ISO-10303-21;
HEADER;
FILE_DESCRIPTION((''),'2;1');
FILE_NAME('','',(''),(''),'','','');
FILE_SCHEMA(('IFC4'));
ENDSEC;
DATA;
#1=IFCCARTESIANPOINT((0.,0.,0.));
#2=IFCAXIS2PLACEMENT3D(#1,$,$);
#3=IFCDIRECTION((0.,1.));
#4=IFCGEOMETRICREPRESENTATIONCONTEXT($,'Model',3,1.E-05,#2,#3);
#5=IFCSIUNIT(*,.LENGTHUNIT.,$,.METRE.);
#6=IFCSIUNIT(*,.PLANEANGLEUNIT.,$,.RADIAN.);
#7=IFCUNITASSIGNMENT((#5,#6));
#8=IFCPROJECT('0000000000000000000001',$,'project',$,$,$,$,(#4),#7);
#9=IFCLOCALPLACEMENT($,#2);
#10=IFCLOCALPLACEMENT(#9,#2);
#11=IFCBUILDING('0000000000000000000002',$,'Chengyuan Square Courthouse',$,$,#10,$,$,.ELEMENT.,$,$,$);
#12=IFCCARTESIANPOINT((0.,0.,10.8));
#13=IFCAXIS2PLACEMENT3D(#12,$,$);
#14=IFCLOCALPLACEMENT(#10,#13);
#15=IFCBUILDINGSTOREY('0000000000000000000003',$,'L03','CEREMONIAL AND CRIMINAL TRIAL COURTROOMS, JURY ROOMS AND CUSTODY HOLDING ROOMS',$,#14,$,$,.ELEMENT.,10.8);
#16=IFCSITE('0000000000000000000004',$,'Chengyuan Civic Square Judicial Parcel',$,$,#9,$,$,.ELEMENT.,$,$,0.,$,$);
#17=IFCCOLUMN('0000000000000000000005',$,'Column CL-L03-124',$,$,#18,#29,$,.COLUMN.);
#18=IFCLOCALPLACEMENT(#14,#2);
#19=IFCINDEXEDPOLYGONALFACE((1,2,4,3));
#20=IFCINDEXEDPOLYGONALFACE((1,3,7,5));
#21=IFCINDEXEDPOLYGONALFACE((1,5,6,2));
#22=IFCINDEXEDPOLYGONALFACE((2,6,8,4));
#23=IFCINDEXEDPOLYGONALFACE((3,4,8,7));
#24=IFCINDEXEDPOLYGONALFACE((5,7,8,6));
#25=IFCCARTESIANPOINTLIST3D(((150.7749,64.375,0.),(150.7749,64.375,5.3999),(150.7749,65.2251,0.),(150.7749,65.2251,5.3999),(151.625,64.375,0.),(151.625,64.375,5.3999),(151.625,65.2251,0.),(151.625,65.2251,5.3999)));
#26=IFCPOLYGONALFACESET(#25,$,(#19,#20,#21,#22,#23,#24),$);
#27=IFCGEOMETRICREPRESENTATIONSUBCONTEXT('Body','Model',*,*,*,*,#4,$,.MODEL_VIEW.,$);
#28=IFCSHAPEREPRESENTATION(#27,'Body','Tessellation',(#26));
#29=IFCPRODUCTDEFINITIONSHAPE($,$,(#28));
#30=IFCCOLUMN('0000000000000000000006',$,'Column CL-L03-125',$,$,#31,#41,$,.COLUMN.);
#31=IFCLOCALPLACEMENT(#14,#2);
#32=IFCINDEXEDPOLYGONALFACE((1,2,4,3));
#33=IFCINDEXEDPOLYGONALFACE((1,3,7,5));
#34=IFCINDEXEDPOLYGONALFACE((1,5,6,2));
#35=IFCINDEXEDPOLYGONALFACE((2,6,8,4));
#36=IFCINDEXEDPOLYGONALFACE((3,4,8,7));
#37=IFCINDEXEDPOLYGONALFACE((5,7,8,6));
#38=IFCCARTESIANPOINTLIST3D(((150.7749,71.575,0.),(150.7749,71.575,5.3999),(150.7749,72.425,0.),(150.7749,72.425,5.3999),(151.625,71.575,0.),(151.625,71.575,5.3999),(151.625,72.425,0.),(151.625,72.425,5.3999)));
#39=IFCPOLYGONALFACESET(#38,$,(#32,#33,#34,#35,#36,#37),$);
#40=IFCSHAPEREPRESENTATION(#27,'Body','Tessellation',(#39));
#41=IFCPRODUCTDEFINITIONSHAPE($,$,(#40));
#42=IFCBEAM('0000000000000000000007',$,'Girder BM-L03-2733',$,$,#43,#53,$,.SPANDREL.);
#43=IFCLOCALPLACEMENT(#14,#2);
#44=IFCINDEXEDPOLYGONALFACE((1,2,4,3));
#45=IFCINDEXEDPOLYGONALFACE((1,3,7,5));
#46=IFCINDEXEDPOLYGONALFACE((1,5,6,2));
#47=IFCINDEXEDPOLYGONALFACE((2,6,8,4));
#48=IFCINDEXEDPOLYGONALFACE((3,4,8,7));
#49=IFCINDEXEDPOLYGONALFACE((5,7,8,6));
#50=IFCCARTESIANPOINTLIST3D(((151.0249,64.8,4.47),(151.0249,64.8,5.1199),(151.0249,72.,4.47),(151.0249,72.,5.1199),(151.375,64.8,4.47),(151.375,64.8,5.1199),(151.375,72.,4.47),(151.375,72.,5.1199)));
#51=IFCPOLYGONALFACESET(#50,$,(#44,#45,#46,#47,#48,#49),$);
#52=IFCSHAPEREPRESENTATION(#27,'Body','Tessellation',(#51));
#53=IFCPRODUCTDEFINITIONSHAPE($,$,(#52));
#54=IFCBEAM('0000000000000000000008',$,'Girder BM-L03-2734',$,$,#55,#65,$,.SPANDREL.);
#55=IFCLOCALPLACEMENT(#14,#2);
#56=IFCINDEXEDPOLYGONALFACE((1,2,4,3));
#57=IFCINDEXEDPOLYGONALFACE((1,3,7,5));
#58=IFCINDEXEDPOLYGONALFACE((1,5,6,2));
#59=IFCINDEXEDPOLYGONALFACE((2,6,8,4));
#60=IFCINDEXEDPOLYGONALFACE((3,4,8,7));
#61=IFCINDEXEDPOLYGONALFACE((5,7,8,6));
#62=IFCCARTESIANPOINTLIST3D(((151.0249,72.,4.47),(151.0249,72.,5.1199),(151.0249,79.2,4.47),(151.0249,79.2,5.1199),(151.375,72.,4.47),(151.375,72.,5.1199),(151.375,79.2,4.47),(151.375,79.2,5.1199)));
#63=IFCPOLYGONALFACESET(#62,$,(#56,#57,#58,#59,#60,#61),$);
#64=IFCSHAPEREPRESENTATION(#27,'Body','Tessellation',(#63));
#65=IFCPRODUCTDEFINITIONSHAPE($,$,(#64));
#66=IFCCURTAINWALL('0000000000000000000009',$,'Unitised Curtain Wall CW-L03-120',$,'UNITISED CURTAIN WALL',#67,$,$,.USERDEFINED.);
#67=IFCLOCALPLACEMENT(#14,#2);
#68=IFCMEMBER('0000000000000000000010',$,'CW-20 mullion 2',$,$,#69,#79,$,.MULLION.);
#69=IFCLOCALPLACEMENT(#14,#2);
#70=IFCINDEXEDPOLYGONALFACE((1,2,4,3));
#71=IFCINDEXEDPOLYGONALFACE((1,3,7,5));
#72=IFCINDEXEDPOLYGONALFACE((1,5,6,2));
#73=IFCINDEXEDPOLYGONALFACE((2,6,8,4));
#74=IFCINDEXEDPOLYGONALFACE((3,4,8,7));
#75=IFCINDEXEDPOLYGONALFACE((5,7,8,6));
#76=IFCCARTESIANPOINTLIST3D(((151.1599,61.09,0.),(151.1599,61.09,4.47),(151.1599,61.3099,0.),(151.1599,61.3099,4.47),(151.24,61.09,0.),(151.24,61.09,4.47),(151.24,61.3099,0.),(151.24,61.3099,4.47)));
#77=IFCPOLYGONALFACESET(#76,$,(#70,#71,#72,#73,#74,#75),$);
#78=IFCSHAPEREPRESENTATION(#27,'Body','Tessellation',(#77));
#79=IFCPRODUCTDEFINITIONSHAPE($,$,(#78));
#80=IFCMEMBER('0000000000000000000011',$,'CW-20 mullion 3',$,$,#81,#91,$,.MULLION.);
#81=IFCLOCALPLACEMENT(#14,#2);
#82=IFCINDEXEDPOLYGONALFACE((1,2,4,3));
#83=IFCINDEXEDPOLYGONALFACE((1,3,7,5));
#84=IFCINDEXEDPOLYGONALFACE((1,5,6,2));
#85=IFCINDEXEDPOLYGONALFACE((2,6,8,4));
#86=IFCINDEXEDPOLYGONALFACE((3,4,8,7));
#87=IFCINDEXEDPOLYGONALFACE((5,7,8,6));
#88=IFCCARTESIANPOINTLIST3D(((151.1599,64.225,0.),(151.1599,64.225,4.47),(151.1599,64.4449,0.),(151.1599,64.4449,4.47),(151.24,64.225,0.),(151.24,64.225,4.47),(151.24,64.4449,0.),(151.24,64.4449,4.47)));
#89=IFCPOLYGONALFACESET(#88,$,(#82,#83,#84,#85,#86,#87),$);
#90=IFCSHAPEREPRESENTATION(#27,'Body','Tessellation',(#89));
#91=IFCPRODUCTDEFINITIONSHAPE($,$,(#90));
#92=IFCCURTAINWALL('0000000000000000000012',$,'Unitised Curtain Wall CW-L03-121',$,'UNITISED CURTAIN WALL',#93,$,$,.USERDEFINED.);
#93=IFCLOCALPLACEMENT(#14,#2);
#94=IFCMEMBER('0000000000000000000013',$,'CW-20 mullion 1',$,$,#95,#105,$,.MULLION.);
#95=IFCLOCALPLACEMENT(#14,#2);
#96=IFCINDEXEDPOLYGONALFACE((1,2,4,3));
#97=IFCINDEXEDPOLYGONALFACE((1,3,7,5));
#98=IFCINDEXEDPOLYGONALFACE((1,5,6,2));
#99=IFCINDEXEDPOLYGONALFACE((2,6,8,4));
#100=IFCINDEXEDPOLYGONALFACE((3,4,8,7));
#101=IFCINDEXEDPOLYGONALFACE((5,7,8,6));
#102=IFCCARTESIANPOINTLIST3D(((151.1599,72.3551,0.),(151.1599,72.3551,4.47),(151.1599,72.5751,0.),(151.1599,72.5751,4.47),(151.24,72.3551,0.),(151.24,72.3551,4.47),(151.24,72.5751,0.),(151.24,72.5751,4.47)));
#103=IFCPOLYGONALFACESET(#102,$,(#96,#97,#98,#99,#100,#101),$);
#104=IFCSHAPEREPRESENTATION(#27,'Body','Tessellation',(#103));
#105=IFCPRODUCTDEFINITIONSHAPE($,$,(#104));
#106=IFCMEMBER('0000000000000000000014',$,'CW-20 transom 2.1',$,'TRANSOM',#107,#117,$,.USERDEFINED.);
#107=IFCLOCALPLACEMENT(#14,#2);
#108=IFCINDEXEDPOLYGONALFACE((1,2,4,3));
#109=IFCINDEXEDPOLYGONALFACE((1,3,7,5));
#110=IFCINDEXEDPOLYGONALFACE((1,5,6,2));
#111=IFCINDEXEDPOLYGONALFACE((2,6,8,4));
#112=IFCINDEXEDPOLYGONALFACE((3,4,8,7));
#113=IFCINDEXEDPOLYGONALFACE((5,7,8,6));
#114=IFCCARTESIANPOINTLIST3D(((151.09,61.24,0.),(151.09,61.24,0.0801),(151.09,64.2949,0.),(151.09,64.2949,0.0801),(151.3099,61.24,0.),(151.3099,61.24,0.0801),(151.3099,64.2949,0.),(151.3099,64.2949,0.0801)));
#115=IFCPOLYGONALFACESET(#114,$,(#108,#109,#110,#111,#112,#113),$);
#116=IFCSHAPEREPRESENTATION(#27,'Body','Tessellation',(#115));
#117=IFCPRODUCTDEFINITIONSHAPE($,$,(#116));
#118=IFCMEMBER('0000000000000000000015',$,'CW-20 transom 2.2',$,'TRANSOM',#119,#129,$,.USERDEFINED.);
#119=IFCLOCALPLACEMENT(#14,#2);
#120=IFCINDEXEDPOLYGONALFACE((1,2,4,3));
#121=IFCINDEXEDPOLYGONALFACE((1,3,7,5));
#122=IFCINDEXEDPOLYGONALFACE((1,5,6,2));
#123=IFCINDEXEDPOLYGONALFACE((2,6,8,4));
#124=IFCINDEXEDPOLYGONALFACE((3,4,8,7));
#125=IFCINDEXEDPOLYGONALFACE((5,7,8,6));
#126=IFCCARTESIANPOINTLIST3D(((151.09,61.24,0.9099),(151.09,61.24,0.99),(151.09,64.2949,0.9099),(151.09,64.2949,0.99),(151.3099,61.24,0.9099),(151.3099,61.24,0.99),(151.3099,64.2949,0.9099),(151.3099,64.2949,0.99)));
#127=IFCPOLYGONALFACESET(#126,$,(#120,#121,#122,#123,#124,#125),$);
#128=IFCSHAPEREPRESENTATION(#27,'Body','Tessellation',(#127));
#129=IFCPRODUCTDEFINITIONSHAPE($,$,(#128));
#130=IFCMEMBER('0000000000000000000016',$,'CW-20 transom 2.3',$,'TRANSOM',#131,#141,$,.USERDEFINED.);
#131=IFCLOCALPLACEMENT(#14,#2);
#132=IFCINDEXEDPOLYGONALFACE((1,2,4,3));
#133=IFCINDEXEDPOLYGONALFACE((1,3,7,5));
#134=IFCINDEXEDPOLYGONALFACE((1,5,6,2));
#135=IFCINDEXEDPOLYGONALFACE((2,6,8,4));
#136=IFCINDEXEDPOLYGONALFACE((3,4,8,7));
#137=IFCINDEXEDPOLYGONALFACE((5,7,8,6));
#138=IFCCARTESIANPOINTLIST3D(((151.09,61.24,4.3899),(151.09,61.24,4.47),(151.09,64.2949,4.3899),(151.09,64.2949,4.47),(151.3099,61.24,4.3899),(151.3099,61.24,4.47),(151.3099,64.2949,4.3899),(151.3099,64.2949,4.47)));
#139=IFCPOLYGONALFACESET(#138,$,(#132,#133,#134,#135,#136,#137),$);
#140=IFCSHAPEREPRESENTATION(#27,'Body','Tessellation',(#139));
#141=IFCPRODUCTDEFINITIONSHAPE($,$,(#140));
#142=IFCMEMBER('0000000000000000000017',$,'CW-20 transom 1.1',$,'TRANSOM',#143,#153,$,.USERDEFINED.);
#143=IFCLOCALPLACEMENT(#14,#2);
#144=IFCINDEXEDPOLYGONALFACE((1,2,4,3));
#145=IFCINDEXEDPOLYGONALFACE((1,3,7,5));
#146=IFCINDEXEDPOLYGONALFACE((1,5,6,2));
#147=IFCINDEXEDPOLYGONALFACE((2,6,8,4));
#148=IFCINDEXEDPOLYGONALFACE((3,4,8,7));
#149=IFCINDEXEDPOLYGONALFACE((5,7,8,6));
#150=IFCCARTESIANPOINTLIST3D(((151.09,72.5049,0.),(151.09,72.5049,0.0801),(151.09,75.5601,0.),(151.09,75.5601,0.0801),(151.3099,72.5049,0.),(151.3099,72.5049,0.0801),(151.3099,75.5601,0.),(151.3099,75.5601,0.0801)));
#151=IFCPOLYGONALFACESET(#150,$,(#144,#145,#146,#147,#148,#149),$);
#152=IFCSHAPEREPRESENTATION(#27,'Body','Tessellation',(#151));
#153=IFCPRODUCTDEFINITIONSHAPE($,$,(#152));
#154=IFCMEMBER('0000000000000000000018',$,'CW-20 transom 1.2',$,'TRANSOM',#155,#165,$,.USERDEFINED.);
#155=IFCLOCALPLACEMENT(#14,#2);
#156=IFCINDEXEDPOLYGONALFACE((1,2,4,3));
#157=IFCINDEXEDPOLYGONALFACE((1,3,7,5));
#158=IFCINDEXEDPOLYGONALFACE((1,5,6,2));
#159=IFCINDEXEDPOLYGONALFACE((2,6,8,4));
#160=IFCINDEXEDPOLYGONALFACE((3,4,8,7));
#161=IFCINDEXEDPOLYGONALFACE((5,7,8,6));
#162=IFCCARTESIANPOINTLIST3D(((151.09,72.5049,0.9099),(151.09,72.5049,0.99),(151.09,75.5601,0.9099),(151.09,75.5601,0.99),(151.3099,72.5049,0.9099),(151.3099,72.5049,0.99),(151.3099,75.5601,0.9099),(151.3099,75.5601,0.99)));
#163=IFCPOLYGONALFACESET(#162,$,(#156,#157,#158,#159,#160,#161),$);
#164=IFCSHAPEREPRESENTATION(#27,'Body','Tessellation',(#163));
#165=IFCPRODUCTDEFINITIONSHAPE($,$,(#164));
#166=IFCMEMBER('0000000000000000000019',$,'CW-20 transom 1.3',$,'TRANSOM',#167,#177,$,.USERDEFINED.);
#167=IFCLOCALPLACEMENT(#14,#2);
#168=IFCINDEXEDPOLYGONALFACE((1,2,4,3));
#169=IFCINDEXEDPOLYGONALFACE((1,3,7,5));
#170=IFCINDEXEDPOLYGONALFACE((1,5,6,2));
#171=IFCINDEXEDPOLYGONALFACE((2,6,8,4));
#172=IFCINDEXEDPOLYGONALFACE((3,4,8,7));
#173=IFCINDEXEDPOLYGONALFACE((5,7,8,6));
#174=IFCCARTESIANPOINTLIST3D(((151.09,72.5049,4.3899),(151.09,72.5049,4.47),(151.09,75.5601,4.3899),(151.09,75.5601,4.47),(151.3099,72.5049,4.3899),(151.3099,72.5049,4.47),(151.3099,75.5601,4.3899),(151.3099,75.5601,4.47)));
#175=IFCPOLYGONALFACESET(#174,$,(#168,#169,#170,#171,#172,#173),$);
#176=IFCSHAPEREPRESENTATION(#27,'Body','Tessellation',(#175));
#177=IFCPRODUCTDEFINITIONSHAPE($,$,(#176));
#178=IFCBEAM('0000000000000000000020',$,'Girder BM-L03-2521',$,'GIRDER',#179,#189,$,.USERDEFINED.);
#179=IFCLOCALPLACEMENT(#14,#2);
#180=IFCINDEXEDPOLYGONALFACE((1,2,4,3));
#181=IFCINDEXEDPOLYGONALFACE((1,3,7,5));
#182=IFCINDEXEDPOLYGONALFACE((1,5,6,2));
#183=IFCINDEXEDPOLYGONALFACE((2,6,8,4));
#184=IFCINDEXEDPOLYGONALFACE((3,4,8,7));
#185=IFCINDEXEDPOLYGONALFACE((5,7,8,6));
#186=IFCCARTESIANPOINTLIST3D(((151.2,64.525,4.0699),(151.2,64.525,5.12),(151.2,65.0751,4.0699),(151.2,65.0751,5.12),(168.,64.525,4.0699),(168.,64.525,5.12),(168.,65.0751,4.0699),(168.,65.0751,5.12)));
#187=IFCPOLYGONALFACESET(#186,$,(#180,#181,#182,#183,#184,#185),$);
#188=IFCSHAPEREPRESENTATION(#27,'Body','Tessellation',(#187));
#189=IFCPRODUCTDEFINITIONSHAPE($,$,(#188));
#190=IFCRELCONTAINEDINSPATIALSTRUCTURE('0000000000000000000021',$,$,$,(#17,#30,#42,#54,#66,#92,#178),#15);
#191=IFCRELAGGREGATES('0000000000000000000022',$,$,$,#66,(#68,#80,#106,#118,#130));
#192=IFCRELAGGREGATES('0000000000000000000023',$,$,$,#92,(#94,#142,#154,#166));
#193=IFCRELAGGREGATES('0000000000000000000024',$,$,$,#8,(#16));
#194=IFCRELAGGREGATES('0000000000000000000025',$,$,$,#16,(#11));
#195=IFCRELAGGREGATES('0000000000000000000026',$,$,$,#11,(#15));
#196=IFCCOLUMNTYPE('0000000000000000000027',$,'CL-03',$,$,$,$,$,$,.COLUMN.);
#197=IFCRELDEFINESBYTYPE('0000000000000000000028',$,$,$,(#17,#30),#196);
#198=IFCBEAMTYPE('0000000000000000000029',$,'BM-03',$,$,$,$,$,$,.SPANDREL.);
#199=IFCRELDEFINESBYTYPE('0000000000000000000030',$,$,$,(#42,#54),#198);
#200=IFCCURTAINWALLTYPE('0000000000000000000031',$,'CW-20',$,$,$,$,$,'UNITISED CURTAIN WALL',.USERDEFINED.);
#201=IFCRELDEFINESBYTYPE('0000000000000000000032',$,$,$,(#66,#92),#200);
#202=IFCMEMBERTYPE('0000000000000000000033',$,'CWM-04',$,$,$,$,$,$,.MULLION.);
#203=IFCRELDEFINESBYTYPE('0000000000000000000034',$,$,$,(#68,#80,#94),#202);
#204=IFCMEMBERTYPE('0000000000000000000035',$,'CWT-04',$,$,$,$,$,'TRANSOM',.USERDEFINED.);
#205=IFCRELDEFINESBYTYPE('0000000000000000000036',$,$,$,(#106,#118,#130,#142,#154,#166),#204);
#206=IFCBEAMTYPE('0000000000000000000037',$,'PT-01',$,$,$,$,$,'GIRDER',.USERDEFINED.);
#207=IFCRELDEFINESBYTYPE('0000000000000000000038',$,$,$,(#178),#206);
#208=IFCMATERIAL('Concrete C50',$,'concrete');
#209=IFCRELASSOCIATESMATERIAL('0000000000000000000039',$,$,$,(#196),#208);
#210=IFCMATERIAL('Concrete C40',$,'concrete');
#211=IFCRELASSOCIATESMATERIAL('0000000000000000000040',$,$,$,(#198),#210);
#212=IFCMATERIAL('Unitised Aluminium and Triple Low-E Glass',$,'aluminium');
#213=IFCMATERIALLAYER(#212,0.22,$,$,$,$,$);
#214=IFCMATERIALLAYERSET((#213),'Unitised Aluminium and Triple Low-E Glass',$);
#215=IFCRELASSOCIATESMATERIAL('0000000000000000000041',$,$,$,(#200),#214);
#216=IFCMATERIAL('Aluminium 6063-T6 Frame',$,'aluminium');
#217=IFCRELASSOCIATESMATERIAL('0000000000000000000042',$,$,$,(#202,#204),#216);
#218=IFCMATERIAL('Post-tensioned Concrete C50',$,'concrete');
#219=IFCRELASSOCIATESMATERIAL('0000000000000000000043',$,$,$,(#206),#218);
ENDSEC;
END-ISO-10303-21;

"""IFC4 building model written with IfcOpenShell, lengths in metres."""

from ifc_helpers import new_model, si_unit, direction, frame, origin, origin_2d, place, context, subcontext, project, spatial, rectangle, extrude, material, layer, layer_set, material_profile, profile_set, type_object, element, aggregate, save


model = new_model("IFC4")

# Units and contexts
model_context = context("Model", 3, precision=1e-05, world=origin(), true_north=direction((0.0, 1.0)))
body_context = subcontext(model_context, "Body", "Model", "MODEL_VIEW")
ifc_project = project(units=[si_unit("LENGTHUNIT", "METRE"), si_unit("PLANEANGLEUNIT", "RADIAN")], contexts=[model_context])

# Site, building, storey
site_placement = place(None, origin())
site = spatial("IfcSite", under=ifc_project, at=site_placement, Name="Chengyuan Civic Square Judicial Parcel", CompositionType="ELEMENT", RefElevation=0.0)
building_placement = place(site_placement, origin())
building = spatial("IfcBuilding", under=site, at=building_placement, Name="Chengyuan Square Courthouse", CompositionType="ELEMENT")
storey_placement = place(building_placement, frame((0.0, 0.0, 10.8)))
storey = spatial("IfcBuildingStorey", under=building, at=storey_placement, Name="L03", Description="CEREMONIAL AND CRIMINAL TRIAL COURTROOMS, JURY ROOMS AND CUSTODY HOLDING ROOMS", CompositionType="ELEMENT", Elevation=10.8)

# Columns
ifc_material_1 = material(Name="Concrete C50", Category="concrete")
ifc_material_profile_1 = material_profile(ifc_material_1, rectangle(XDim=0.8501, YDim=0.8501, at=origin_2d()), Name="RC-COL-850x850")
ifc_profile_set_1 = profile_set([ifc_material_profile_1], Name="Concrete C50")
column_type = type_object("IfcColumnType", Name="CL-03", PredefinedType="COLUMN", material=ifc_profile_set_1)
for number, where, z_axis, x_axis, name in (
    (1, (151.2, 64.8, 0.0), (0.0, 0.0, 1.0), (1.0, 0.0, 0.0), "Column CL-L03-124"),
    (2, (151.2, 72.0, 0.0), (0.0, 0.0, 1.0), (1.0, 0.0, 0.0), "Column CL-L03-125"),
):
    element("IfcColumn", number, at=place(storey_placement, frame(where, z_axis=z_axis, x_axis=x_axis)), inside=storey, type_object=column_type, Name=name, PredefinedType="COLUMN", context=body_context, shape_type="SweptSolid", body=[
        extrude(rectangle(XDim=0.8501, YDim=0.8501, at=origin_2d()), origin(), (0.0, 0.0, 1.0), 5.3999),
    ])

# Beams
ifc_material_2 = material(Name="Concrete C40", Category="concrete")
ifc_material_profile_2 = material_profile(ifc_material_2, rectangle(XDim=0.3501, YDim=0.6499, at=origin_2d()), Name="RC-BM-350x650")
ifc_profile_set_2 = profile_set([ifc_material_profile_2], Name="Concrete C40")
beam_type_1 = type_object("IfcBeamType", Name="BM-03", PredefinedType="SPANDREL", material=ifc_profile_set_2)
for number, where, z_axis, x_axis, name in (
    (3, (151.2, 64.8, 4.7949), (0.0, 1.0, 0.0), (-1.0, 0.0, 0.0), "Girder BM-L03-2733"),
    (4, (151.2, 72.0, 4.7949), (0.0, 1.0, 0.0), (-1.0, 0.0, 0.0), "Girder BM-L03-2734"),
):
    element("IfcBeam", number, at=place(storey_placement, frame(where, z_axis=z_axis, x_axis=x_axis)), inside=storey, type_object=beam_type_1, Name=name, PredefinedType="SPANDREL", context=body_context, shape_type="SweptSolid", body=[
        extrude(rectangle(XDim=0.3501, YDim=0.6499, at=origin_2d()), origin(), (0.0, 0.0, 1.0), 7.2),
    ])

# Curtain wall, members
ifc_material_3 = material(Name="Unitised Aluminium and Triple Low-E Glass", Category="aluminium")
ifc_layer_1 = layer(ifc_material_3, 0.22)
ifc_layer_set_1 = layer_set([ifc_layer_1], Name="Unitised Aluminium and Triple Low-E Glass")
curtain_wall_type = type_object("IfcCurtainWallType", Name="CW-20", ElementType="UNITISED CURTAIN WALL", PredefinedType="USERDEFINED", material=ifc_layer_set_1)
curtain_wall_1_placement = place(storey_placement, origin())
curtain_wall_1 = element("IfcCurtainWall", 5, at=curtain_wall_1_placement, inside=storey, type_object=curtain_wall_type, Name="Unitised Curtain Wall CW-L03-120", ObjectType="UNITISED CURTAIN WALL", PredefinedType="USERDEFINED")
ifc_material_4 = material(Name="Aluminium 6063-T6 Frame", Category="aluminium")
ifc_material_profile_3 = material_profile(ifc_material_4, rectangle(XDim=0.0801, YDim=0.22, at=origin_2d()), Name="CW-MUL-80x220")
ifc_profile_set_3 = profile_set([ifc_material_profile_3], Name="Aluminium 6063-T6 Frame")
member_type_1 = type_object("IfcMemberType", Name="CWM-04", PredefinedType="MULLION", material=ifc_profile_set_3)
member_1_placement = place(storey_placement, frame((151.2, 61.2, 0.0), z_axis=(0.0, 0.0, 1.0), x_axis=(-1.0, 0.0, 0.0)))
member_1 = element("IfcMember", 6, at=member_1_placement, type_object=member_type_1, Name="CW-20 mullion 2", PredefinedType="MULLION", context=body_context, shape_type="SweptSolid", body=[
    extrude(rectangle(XDim=0.0801, YDim=0.22, at=origin_2d()), origin(), (0.0, 0.0, 1.0), 4.47),
])
member_2_placement = place(storey_placement, frame((151.2, 64.335, 0.0), z_axis=(0.0, 0.0, 1.0), x_axis=(-1.0, 0.0, 0.0)))
member_2 = element("IfcMember", 7, at=member_2_placement, type_object=member_type_1, Name="CW-20 mullion 3", PredefinedType="MULLION", context=body_context, shape_type="SweptSolid", body=[
    extrude(rectangle(XDim=0.0801, YDim=0.22, at=origin_2d()), origin(), (0.0, 0.0, 1.0), 4.47),
])

# Curtain wall, member
curtain_wall_2_placement = place(storey_placement, origin())
curtain_wall_2 = element("IfcCurtainWall", 8, at=curtain_wall_2_placement, inside=storey, type_object=curtain_wall_type, Name="Unitised Curtain Wall CW-L03-121", ObjectType="UNITISED CURTAIN WALL", PredefinedType="USERDEFINED")
member_3_placement = place(storey_placement, frame((151.2, 72.4651, 0.0), z_axis=(0.0, 0.0, 1.0), x_axis=(-1.0, 0.0, 0.0)))
member_3 = element("IfcMember", 9, at=member_3_placement, type_object=member_type_1, Name="CW-20 mullion 1", PredefinedType="MULLION", context=body_context, shape_type="SweptSolid", body=[
    extrude(rectangle(XDim=0.0801, YDim=0.22, at=origin_2d()), origin(), (0.0, 0.0, 1.0), 4.47),
])

# Members
ifc_material_profile_4 = material_profile(ifc_material_4, rectangle(XDim=0.22, YDim=0.0801, at=origin_2d()), Name="CW-TRN-80x180")
ifc_profile_set_4 = profile_set([ifc_material_profile_4], Name="Aluminium 6063-T6 Frame")
member_type_2 = type_object("IfcMemberType", Name="CWT-04", ElementType="TRANSOM", PredefinedType="USERDEFINED", material=ifc_profile_set_4)
member_4_placement = place(storey_placement, frame((151.2, 61.24, 0.04), z_axis=(0.0, 1.0, 0.0), x_axis=(-1.0, 0.0, 0.0)))
member_4 = element("IfcMember", 10, at=member_4_placement, type_object=member_type_2, Name="CW-20 transom 2.1", ObjectType="TRANSOM", PredefinedType="USERDEFINED", context=body_context, shape_type="SweptSolid", body=[
    extrude(rectangle(XDim=0.22, YDim=0.0801, at=origin_2d()), origin(), (0.0, 0.0, 1.0), 3.0549),
])
member_5_placement = place(storey_placement, frame((151.2, 61.24, 0.95), z_axis=(0.0, 1.0, 0.0), x_axis=(-1.0, 0.0, 0.0)))
member_5 = element("IfcMember", 11, at=member_5_placement, type_object=member_type_2, Name="CW-20 transom 2.2", ObjectType="TRANSOM", PredefinedType="USERDEFINED", context=body_context, shape_type="SweptSolid", body=[
    extrude(rectangle(XDim=0.22, YDim=0.0801, at=origin_2d()), origin(), (0.0, 0.0, 1.0), 3.0549),
])
member_6_placement = place(storey_placement, frame((151.2, 61.24, 4.4299), z_axis=(0.0, 1.0, 0.0), x_axis=(-1.0, 0.0, 0.0)))
member_6 = element("IfcMember", 12, at=member_6_placement, type_object=member_type_2, Name="CW-20 transom 2.3", ObjectType="TRANSOM", PredefinedType="USERDEFINED", context=body_context, shape_type="SweptSolid", body=[
    extrude(rectangle(XDim=0.22, YDim=0.0801, at=origin_2d()), origin(), (0.0, 0.0, 1.0), 3.0549),
])
member_7_placement = place(storey_placement, frame((151.2, 72.5049, 0.04), z_axis=(0.0, 1.0, 0.0), x_axis=(-1.0, 0.0, 0.0)))
member_7 = element("IfcMember", 13, at=member_7_placement, type_object=member_type_2, Name="CW-20 transom 1.1", ObjectType="TRANSOM", PredefinedType="USERDEFINED", context=body_context, shape_type="SweptSolid", body=[
    extrude(rectangle(XDim=0.22, YDim=0.0801, at=origin_2d()), origin(), (0.0, 0.0, 1.0), 3.0552),
])
member_8_placement = place(storey_placement, frame((151.2, 72.5049, 0.95), z_axis=(0.0, 1.0, 0.0), x_axis=(-1.0, 0.0, 0.0)))
member_8 = element("IfcMember", 14, at=member_8_placement, type_object=member_type_2, Name="CW-20 transom 1.2", ObjectType="TRANSOM", PredefinedType="USERDEFINED", context=body_context, shape_type="SweptSolid", body=[
    extrude(rectangle(XDim=0.22, YDim=0.0801, at=origin_2d()), origin(), (0.0, 0.0, 1.0), 3.0552),
])
member_9_placement = place(storey_placement, frame((151.2, 72.5049, 4.4299), z_axis=(0.0, 1.0, 0.0), x_axis=(-1.0, 0.0, 0.0)))
member_9 = element("IfcMember", 15, at=member_9_placement, type_object=member_type_2, Name="CW-20 transom 1.3", ObjectType="TRANSOM", PredefinedType="USERDEFINED", context=body_context, shape_type="SweptSolid", body=[
    extrude(rectangle(XDim=0.22, YDim=0.0801, at=origin_2d()), origin(), (0.0, 0.0, 1.0), 3.0552),
])

# Beam
ifc_material_5 = material(Name="Post-tensioned Concrete C50", Category="concrete")
ifc_material_profile_5 = material_profile(ifc_material_5, rectangle(XDim=0.55, YDim=1.05, at=origin_2d()), Name="PT-BM-550x1050")
ifc_profile_set_5 = profile_set([ifc_material_profile_5], Name="Post-tensioned Concrete C50")
beam_type_2 = type_object("IfcBeamType", Name="PT-01", ElementType="GIRDER", PredefinedType="USERDEFINED", material=ifc_profile_set_5)
for number, where, z_axis, x_axis, name in (
    (16, (151.2, 64.8, 4.595), (1.0, 0.0, 0.0), (0.0, 1.0, 0.0), "Girder BM-L03-2521"),
):
    element("IfcBeam", number, at=place(storey_placement, frame(where, z_axis=z_axis, x_axis=x_axis)), inside=storey, type_object=beam_type_2, Name=name, ObjectType="GIRDER", PredefinedType="USERDEFINED", context=body_context, shape_type="SweptSolid", body=[
        extrude(rectangle(XDim=0.55, YDim=1.05, at=origin_2d()), origin(), (0.0, 0.0, 1.0), 16.8),
    ])

aggregate(curtain_wall_1, [member_1, member_2, member_4, member_5, member_6])
aggregate(curtain_wall_2, [member_3, member_7, member_8, member_9])

save(model, "model.ifc")
